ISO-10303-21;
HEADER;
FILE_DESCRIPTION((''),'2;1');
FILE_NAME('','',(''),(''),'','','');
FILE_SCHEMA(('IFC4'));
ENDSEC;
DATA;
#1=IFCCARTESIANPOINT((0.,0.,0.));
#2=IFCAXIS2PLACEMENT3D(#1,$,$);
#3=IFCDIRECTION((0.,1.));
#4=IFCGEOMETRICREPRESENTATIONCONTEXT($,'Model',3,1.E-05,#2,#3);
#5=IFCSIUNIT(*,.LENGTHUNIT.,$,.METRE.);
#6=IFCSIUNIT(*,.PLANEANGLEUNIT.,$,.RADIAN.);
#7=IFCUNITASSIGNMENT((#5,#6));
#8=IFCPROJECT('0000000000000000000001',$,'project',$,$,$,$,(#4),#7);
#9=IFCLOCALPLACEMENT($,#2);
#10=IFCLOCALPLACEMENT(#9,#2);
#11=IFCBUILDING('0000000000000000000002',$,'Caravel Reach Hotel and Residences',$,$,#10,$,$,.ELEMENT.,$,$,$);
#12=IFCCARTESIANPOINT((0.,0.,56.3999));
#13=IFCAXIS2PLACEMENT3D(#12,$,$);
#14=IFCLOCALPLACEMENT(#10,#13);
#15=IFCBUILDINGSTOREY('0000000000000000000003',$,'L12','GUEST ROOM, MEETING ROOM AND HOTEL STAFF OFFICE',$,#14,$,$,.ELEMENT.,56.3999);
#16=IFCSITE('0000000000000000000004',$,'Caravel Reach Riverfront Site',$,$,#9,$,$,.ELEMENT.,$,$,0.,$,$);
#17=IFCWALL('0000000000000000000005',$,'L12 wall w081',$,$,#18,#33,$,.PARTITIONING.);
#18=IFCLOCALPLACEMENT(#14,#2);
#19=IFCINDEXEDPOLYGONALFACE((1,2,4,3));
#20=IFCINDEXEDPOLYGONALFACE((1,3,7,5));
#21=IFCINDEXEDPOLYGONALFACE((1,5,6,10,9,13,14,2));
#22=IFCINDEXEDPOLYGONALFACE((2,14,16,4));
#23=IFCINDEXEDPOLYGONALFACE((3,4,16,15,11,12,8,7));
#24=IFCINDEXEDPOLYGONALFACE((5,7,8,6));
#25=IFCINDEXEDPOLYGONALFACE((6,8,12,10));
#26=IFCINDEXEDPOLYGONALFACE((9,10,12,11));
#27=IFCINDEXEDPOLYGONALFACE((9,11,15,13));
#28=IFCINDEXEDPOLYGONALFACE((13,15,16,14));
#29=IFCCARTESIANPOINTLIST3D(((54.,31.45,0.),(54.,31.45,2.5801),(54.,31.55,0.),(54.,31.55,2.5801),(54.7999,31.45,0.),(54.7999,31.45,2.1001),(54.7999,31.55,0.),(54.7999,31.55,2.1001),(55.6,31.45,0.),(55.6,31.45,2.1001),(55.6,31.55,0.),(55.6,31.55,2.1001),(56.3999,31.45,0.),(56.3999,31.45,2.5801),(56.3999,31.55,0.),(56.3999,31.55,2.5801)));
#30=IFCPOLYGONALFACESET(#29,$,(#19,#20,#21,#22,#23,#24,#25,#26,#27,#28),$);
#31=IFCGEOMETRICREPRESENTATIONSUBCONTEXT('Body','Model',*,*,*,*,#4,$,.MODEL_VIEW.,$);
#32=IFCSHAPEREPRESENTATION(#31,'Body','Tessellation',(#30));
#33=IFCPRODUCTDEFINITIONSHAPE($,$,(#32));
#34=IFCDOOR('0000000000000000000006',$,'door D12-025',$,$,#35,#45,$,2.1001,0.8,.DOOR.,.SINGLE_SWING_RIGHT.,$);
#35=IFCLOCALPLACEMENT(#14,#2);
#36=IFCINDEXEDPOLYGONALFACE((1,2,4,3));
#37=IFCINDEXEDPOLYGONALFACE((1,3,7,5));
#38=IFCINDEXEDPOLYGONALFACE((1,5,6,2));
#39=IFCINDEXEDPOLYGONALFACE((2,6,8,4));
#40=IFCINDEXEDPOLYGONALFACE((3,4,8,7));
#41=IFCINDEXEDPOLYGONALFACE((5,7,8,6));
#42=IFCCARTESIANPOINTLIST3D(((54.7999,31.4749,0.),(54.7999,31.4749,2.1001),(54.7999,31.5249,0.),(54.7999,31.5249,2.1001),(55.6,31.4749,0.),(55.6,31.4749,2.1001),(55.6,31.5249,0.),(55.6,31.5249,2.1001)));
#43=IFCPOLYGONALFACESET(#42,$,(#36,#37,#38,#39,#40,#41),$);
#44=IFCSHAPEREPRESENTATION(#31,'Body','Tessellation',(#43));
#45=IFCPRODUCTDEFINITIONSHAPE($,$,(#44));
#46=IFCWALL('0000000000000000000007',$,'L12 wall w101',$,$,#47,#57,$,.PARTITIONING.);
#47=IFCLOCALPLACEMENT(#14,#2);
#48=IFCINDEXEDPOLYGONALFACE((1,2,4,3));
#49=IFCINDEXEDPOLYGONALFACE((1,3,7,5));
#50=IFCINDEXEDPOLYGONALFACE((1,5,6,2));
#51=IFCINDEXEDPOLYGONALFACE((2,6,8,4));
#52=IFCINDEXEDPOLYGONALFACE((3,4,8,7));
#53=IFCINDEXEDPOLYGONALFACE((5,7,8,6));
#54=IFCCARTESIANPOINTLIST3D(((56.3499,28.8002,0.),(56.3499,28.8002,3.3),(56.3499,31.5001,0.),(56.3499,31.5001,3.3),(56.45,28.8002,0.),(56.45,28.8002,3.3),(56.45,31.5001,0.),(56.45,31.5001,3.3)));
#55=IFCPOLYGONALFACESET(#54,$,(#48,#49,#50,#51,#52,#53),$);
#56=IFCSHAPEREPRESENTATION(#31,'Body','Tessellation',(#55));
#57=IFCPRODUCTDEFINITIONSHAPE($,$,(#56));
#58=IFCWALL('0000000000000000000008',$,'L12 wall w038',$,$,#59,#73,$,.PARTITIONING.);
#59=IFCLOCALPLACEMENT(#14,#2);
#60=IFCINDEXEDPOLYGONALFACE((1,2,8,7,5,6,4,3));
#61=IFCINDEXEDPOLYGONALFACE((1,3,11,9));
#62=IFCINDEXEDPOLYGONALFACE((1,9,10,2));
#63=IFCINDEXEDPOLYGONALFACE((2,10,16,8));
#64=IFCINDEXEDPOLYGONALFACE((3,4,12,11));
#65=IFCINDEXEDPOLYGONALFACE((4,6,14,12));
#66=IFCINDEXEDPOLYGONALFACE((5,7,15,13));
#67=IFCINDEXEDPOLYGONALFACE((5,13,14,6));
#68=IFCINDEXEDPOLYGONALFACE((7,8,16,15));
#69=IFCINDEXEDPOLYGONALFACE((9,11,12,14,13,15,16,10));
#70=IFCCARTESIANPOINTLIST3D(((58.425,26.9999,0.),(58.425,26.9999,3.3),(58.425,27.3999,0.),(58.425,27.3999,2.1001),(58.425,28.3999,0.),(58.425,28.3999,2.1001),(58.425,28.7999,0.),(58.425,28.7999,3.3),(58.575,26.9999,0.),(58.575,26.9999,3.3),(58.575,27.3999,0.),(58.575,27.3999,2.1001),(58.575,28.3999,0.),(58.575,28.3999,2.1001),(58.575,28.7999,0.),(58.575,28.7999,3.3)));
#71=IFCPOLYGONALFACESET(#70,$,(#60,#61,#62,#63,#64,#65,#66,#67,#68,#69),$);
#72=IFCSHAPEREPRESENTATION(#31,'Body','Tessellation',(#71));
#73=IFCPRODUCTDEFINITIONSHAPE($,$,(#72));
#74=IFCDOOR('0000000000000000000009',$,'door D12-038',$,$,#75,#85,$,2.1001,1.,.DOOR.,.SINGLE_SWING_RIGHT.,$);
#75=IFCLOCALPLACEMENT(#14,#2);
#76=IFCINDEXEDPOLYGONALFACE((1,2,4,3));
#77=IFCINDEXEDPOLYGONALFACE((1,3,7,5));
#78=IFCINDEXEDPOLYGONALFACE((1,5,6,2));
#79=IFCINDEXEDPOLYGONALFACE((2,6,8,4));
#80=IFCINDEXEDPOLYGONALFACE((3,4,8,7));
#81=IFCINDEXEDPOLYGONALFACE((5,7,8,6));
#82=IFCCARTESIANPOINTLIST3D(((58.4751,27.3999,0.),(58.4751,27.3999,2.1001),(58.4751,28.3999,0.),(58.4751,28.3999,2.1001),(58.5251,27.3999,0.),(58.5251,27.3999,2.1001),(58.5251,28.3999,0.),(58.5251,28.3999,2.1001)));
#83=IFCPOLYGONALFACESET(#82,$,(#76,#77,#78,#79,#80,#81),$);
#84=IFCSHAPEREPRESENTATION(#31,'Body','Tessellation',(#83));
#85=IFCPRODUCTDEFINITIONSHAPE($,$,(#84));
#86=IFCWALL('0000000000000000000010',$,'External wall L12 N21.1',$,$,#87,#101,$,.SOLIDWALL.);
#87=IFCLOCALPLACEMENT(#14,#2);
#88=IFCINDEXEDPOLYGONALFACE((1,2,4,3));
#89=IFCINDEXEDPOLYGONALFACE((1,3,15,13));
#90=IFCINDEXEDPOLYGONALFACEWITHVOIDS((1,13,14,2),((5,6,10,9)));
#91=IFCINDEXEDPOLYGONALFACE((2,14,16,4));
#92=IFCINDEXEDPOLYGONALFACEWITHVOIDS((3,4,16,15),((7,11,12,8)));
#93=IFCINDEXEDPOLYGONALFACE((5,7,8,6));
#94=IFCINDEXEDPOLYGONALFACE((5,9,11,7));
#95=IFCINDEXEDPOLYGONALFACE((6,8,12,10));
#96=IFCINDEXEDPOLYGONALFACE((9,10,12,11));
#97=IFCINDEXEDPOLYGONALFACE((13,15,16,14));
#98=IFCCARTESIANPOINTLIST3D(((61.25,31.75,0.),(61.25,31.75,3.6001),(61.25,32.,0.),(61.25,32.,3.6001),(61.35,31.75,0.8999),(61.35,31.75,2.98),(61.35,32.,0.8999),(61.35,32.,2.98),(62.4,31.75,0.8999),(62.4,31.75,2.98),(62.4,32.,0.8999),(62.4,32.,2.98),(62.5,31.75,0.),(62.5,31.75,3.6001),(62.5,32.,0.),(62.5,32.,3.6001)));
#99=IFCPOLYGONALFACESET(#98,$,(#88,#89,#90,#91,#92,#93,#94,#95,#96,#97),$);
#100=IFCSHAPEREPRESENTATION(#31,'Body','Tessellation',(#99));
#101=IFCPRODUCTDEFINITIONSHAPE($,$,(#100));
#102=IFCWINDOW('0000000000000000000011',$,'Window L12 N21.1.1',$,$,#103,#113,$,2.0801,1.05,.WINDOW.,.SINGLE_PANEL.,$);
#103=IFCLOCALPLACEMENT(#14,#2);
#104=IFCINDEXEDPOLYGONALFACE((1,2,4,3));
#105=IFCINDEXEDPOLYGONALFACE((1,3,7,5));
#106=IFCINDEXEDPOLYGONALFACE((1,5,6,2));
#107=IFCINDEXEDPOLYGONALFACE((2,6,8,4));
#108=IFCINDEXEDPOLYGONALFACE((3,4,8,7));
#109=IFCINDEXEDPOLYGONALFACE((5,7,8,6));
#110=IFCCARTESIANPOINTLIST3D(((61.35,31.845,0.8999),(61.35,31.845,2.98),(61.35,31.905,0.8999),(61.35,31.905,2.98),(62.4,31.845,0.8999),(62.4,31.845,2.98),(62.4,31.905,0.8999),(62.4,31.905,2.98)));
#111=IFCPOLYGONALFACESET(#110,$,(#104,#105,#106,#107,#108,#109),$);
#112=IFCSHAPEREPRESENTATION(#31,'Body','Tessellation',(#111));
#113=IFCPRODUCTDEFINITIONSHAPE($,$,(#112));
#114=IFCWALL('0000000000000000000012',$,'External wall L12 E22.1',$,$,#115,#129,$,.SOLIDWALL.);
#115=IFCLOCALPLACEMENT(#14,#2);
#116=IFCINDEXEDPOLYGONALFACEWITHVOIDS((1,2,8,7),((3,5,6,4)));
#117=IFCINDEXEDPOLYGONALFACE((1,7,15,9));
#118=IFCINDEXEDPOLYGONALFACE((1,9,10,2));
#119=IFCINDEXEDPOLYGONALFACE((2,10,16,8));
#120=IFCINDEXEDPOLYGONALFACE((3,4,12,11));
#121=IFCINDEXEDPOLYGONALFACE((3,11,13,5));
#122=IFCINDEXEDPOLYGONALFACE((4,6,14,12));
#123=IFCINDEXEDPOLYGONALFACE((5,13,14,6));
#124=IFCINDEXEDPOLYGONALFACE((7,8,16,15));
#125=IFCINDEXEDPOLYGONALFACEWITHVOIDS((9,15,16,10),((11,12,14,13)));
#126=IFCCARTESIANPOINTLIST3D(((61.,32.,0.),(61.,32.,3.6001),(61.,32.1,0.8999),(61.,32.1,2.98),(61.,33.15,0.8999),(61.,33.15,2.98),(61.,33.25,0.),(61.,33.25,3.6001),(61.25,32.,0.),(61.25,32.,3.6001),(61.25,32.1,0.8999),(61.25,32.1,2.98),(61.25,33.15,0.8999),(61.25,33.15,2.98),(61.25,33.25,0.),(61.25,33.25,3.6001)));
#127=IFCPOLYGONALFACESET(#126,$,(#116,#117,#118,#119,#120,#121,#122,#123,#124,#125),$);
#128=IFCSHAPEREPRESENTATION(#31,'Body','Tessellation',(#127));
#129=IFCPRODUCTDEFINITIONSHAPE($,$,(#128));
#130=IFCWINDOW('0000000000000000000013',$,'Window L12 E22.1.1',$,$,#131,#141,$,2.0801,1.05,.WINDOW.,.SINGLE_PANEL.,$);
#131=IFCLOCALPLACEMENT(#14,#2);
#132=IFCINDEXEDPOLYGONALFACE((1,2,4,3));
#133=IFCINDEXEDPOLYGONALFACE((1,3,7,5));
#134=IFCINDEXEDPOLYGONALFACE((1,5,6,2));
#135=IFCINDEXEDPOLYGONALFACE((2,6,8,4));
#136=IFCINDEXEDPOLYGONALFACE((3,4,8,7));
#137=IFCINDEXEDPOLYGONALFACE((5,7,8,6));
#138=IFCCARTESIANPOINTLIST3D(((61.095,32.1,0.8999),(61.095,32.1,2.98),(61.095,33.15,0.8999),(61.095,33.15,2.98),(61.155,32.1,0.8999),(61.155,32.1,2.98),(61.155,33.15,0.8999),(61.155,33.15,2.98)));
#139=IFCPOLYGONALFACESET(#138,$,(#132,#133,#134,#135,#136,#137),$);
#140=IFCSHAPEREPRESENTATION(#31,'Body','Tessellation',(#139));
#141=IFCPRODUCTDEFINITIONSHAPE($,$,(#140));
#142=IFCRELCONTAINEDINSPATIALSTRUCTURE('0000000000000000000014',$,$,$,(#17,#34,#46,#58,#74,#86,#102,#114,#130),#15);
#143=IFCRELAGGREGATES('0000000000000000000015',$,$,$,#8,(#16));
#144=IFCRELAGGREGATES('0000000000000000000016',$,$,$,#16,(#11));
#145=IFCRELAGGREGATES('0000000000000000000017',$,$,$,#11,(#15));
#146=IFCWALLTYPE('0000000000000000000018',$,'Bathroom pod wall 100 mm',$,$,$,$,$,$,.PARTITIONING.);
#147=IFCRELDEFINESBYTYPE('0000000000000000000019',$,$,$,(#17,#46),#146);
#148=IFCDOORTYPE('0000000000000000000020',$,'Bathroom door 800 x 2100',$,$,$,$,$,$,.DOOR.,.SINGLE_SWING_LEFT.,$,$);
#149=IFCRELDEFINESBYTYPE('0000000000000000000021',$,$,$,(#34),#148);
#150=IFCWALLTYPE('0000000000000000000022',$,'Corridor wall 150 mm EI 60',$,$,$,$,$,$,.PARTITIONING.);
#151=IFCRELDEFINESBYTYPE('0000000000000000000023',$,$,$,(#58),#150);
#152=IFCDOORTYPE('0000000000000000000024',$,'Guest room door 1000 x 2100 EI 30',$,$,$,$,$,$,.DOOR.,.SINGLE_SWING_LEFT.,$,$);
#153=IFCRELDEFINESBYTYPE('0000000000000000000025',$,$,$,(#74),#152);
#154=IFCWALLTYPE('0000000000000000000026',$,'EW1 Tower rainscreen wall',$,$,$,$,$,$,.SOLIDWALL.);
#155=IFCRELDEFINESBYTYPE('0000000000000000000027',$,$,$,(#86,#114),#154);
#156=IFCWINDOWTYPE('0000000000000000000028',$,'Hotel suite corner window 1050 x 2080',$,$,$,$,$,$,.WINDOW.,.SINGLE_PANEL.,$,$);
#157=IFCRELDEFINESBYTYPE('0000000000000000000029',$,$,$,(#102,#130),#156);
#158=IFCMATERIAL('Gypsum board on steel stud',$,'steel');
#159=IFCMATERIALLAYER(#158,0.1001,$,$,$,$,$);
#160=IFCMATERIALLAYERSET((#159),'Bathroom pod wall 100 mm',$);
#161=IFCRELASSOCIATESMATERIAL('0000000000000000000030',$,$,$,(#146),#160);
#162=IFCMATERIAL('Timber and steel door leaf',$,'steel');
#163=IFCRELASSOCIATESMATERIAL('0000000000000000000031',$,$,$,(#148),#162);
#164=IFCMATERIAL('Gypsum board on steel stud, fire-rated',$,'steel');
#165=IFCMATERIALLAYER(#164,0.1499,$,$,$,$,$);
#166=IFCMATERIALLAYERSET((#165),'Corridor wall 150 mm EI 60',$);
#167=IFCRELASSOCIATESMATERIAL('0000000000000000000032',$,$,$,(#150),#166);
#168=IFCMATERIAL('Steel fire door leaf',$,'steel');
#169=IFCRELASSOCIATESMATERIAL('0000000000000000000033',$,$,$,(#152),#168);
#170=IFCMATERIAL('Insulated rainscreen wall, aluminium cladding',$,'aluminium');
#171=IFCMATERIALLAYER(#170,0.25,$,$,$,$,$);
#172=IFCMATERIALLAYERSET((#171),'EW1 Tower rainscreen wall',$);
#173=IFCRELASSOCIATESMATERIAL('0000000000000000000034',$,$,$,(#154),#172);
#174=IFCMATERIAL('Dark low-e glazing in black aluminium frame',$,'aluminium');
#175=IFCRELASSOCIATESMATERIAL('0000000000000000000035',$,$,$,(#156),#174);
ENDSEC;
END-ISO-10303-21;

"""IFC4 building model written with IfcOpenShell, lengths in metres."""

from ifc_helpers import new_model, si_unit, direction, frame, frame_2d, origin, place, context, subcontext, project, spatial, rectangle, extrude, material, layer, layer_set, type_object, element, fill, save


model = new_model("IFC4")

# Units and contexts
model_context = context("Model", 3, precision=1e-05, world=origin(), true_north=direction((0.0, 1.0)))
body_context = subcontext(model_context, "Body", "Model", "MODEL_VIEW")
ifc_project = project(units=[si_unit("LENGTHUNIT", "METRE"), si_unit("PLANEANGLEUNIT", "RADIAN")], contexts=[model_context])

# Site, building, storey
site_placement = place(None, origin())
site = spatial("IfcSite", under=ifc_project, at=site_placement, Name="Caravel Reach Riverfront Site", CompositionType="ELEMENT", RefElevation=0.0)
building_placement = place(site_placement, origin())
building = spatial("IfcBuilding", under=site, at=building_placement, Name="Caravel Reach Hotel and Residences", CompositionType="ELEMENT")
storey_placement = place(building_placement, frame((0.0, 0.0, 56.3999)))
storey = spatial("IfcBuildingStorey", under=building, at=storey_placement, Name="L12", Description="GUEST ROOM, MEETING ROOM AND HOTEL STAFF OFFICE", CompositionType="ELEMENT", Elevation=56.3999)

# Wall, opening, door
ifc_material_1 = material(Name="Gypsum board on steel stud", Category="steel")
ifc_layer_1 = layer(ifc_material_1, 0.1001)
ifc_layer_set_1 = layer_set([ifc_layer_1], Name="Bathroom pod wall 100 mm")
wall_type_1 = type_object("IfcWallType", Name="Bathroom pod wall 100 mm", PredefinedType="PARTITIONING", material=ifc_layer_set_1)
wall_1_placement = place(storey_placement, frame((54.0, 31.5, 0.0), z_axis=(0.0, 0.0, 1.0), x_axis=(1.0, 0.0, 0.0)))
wall_1 = element("IfcWall", 1, at=wall_1_placement, inside=storey, type_object=wall_type_1, Name="L12 wall w081", PredefinedType="PARTITIONING", context=body_context, shape_type="SweptSolid", body=[
    extrude(rectangle(XDim=2.3999, YDim=0.1001, at=frame_2d((1.2, 0.0))), origin(), (0.0, 0.0, 1.0), 2.5801),
])
opening_1_placement = place(wall_1_placement, frame((0.8, 0.0, 0.0)))
opening_1 = element("IfcOpeningElement", 2, at=opening_1_placement, cuts=wall_1, PredefinedType="OPENING", context=body_context, shape_type="SweptSolid", body=[
    extrude(rectangle(XDim=0.8, YDim=2.1001, at=frame_2d((0.3999, 1.05))), frame((0.0, 0.0601, 0.0), z_axis=(0.0, -1.0, 0.0), x_axis=(1.0, 0.0, 0.0)), (0.0, 0.0, 1.0), 0.1201),
])
ifc_material_2 = material(Name="Timber and steel door leaf", Category="steel")
door_type_1 = type_object("IfcDoorType", Name="Bathroom door 800 x 2100", OperationType="SINGLE_SWING_LEFT", PredefinedType="DOOR", material=ifc_material_2)
door_1_placement = place(opening_1_placement, origin())
door_1 = element("IfcDoor", 3, at=door_1_placement, inside=storey, type_object=door_type_1, Name="door D12-025", OperationType="SINGLE_SWING_RIGHT", OverallHeight=2.1001, OverallWidth=0.8, PredefinedType="DOOR", context=body_context, shape_type="SweptSolid", body=[
    extrude(rectangle(XDim=0.8, YDim=2.1001, at=frame_2d((0.3999, 1.05))), frame((0.0, 0.0249, 0.0), z_axis=(0.0, -1.0, 0.0), x_axis=(1.0, 0.0, 0.0)), (0.0, 0.0, 1.0), 0.05),
])
fill(opening_1, door_1)

# Wall
wall_2_placement = place(storey_placement, frame((56.3999, 28.8, 0.0), z_axis=(0.0, 0.0, 1.0), x_axis=(0.0, 1.0, 0.0)))
element("IfcWall", 4, at=wall_2_placement, inside=storey, type_object=wall_type_1, Name="L12 wall w101", PredefinedType="PARTITIONING", context=body_context, shape_type="SweptSolid", body=[
    extrude(rectangle(XDim=2.7, YDim=0.1001, at=frame_2d((1.3501, 0.0))), origin(), (0.0, 0.0, 1.0), 3.3),
])

# Wall, opening, door
ifc_material_3 = material(Name="Gypsum board on steel stud, fire-rated", Category="steel")
ifc_layer_2 = layer(ifc_material_3, 0.1499)
ifc_layer_set_2 = layer_set([ifc_layer_2], Name="Corridor wall 150 mm EI 60")
wall_type_2 = type_object("IfcWallType", Name="Corridor wall 150 mm EI 60", PredefinedType="PARTITIONING", material=ifc_layer_set_2)
wall_3_placement = place(storey_placement, frame((58.5, 27.0, 0.0), z_axis=(0.0, 0.0, 1.0), x_axis=(0.0, 1.0, 0.0)))
wall_3 = element("IfcWall", 5, at=wall_3_placement, inside=storey, type_object=wall_type_2, Name="L12 wall w038", PredefinedType="PARTITIONING", context=body_context, shape_type="SweptSolid", body=[
    extrude(rectangle(XDim=1.8, YDim=0.1499, at=frame_2d((0.8999, 0.0))), origin(), (0.0, 0.0, 1.0), 3.3),
])
opening_2_placement = place(wall_3_placement, frame((0.3999, 0.0, 0.0)))
opening_2 = element("IfcOpeningElement", 6, at=opening_2_placement, cuts=wall_3, PredefinedType="OPENING", context=body_context, shape_type="SweptSolid", body=[
    extrude(rectangle(XDim=1.0, YDim=2.1001, at=frame_2d((0.5, 1.05))), frame((0.0, 0.085, 0.0), z_axis=(0.0, -1.0, 0.0), x_axis=(1.0, 0.0, 0.0)), (0.0, 0.0, 1.0), 0.1699),
])
ifc_material_4 = material(Name="Steel fire door leaf", Category="steel")
door_type_2 = type_object("IfcDoorType", Name="Guest room door 1000 x 2100 EI 30", OperationType="SINGLE_SWING_LEFT", PredefinedType="DOOR", material=ifc_material_4)
door_2_placement = place(opening_2_placement, origin())
door_2 = element("IfcDoor", 7, at=door_2_placement, inside=storey, type_object=door_type_2, Name="door D12-038", OperationType="SINGLE_SWING_RIGHT", OverallHeight=2.1001, OverallWidth=1.0, PredefinedType="DOOR", context=body_context, shape_type="SweptSolid", body=[
    extrude(rectangle(XDim=1.0, YDim=2.1001, at=frame_2d((0.5, 1.05))), frame((0.0, 0.0249, 0.0), z_axis=(0.0, -1.0, 0.0), x_axis=(1.0, 0.0, 0.0)), (0.0, 0.0, 1.0), 0.05),
])
fill(opening_2, door_2)

# Walls, openings, windows
ifc_material_5 = material(Name="Insulated rainscreen wall, aluminium cladding", Category="aluminium")
ifc_layer_3 = layer(ifc_material_5, 0.25)
ifc_layer_set_3 = layer_set([ifc_layer_3], Name="EW1 Tower rainscreen wall")
wall_type_3 = type_object("IfcWallType", Name="EW1 Tower rainscreen wall", PredefinedType="SOLIDWALL", material=ifc_layer_set_3)
wall_4_placement = place(storey_placement, frame((62.5, 31.875, 0.0), z_axis=(0.0, 0.0, 1.0), x_axis=(-1.0, 0.0, 0.0)))
wall_4 = element("IfcWall", 8, at=wall_4_placement, inside=storey, type_object=wall_type_3, Name="External wall L12 N21.1", PredefinedType="SOLIDWALL", context=body_context, shape_type="SweptSolid", body=[
    extrude(rectangle(XDim=1.25, YDim=0.25, at=frame_2d((0.625, 0.0))), origin(), (0.0, 0.0, 1.0), 3.6001),
])
opening_3_placement = place(wall_4_placement, frame((0.1001, 0.0, 0.8999)))
opening_3 = element("IfcOpeningElement", 9, at=opening_3_placement, cuts=wall_4, PredefinedType="OPENING", context=body_context, shape_type="SweptSolid", body=[
    extrude(rectangle(XDim=1.05, YDim=2.0801, at=frame_2d((0.5249, 1.04))), frame((0.0, 0.135, 0.0), z_axis=(0.0, -1.0, 0.0), x_axis=(1.0, 0.0, 0.0)), (0.0, 0.0, 1.0), 0.27),
])
ifc_material_6 = material(Name="Dark low-e glazing in black aluminium frame", Category="aluminium")
window_type_1 = type_object("IfcWindowType", Name="Hotel suite corner window 1050 x 2080", PartitioningType="SINGLE_PANEL", PredefinedType="WINDOW", material=ifc_material_6)
window_1_placement = place(opening_3_placement, origin())
window_1 = element("IfcWindow", 10, at=window_1_placement, inside=storey, type_object=window_type_1, Name="Window L12 N21.1.1", OverallHeight=2.0801, OverallWidth=1.05, PartitioningType="SINGLE_PANEL", PredefinedType="WINDOW", context=body_context, shape_type="SweptSolid", body=[
    extrude(rectangle(XDim=1.05, YDim=2.0801, at=frame_2d((0.5249, 1.04))), frame((0.0, 0.03, 0.0), z_axis=(0.0, -1.0, 0.0), x_axis=(1.0, 0.0, 0.0)), (0.0, 0.0, 1.0), 0.0601),
])
fill(opening_3, window_1)
wall_5_placement = place(storey_placement, frame((61.125, 32.0, 0.0), z_axis=(0.0, 0.0, 1.0), x_axis=(0.0, 1.0, 0.0)))
wall_5 = element("IfcWall", 11, at=wall_5_placement, inside=storey, type_object=wall_type_3, Name="External wall L12 E22.1", PredefinedType="SOLIDWALL", context=body_context, shape_type="SweptSolid", body=[
    extrude(rectangle(XDim=1.25, YDim=0.25, at=frame_2d((0.625, 0.0))), origin(), (0.0, 0.0, 1.0), 3.6001),
])
opening_4_placement = place(wall_5_placement, frame((0.1001, 0.0, 0.8999)))
opening_4 = element("IfcOpeningElement", 12, at=opening_4_placement, cuts=wall_5, PredefinedType="OPENING", context=body_context, shape_type="SweptSolid", body=[
    extrude(rectangle(XDim=1.05, YDim=2.0801, at=frame_2d((0.5249, 1.04))), frame((0.0, 0.135, 0.0), z_axis=(0.0, -1.0, 0.0), x_axis=(1.0, 0.0, 0.0)), (0.0, 0.0, 1.0), 0.27),
])
window_2_placement = place(opening_4_placement, origin())
window_2 = element("IfcWindow", 13, at=window_2_placement, inside=storey, type_object=window_type_1, Name="Window L12 E22.1.1", OverallHeight=2.0801, OverallWidth=1.05, PartitioningType="SINGLE_PANEL", PredefinedType="WINDOW", context=body_context, shape_type="SweptSolid", body=[
    extrude(rectangle(XDim=1.05, YDim=2.0801, at=frame_2d((0.5249, 1.04))), frame((0.0, 0.03, 0.0), z_axis=(0.0, -1.0, 0.0), x_axis=(1.0, 0.0, 0.0)), (0.0, 0.0, 1.0), 0.0601),
])
fill(opening_4, window_2)

save(model, "model.ifc")
